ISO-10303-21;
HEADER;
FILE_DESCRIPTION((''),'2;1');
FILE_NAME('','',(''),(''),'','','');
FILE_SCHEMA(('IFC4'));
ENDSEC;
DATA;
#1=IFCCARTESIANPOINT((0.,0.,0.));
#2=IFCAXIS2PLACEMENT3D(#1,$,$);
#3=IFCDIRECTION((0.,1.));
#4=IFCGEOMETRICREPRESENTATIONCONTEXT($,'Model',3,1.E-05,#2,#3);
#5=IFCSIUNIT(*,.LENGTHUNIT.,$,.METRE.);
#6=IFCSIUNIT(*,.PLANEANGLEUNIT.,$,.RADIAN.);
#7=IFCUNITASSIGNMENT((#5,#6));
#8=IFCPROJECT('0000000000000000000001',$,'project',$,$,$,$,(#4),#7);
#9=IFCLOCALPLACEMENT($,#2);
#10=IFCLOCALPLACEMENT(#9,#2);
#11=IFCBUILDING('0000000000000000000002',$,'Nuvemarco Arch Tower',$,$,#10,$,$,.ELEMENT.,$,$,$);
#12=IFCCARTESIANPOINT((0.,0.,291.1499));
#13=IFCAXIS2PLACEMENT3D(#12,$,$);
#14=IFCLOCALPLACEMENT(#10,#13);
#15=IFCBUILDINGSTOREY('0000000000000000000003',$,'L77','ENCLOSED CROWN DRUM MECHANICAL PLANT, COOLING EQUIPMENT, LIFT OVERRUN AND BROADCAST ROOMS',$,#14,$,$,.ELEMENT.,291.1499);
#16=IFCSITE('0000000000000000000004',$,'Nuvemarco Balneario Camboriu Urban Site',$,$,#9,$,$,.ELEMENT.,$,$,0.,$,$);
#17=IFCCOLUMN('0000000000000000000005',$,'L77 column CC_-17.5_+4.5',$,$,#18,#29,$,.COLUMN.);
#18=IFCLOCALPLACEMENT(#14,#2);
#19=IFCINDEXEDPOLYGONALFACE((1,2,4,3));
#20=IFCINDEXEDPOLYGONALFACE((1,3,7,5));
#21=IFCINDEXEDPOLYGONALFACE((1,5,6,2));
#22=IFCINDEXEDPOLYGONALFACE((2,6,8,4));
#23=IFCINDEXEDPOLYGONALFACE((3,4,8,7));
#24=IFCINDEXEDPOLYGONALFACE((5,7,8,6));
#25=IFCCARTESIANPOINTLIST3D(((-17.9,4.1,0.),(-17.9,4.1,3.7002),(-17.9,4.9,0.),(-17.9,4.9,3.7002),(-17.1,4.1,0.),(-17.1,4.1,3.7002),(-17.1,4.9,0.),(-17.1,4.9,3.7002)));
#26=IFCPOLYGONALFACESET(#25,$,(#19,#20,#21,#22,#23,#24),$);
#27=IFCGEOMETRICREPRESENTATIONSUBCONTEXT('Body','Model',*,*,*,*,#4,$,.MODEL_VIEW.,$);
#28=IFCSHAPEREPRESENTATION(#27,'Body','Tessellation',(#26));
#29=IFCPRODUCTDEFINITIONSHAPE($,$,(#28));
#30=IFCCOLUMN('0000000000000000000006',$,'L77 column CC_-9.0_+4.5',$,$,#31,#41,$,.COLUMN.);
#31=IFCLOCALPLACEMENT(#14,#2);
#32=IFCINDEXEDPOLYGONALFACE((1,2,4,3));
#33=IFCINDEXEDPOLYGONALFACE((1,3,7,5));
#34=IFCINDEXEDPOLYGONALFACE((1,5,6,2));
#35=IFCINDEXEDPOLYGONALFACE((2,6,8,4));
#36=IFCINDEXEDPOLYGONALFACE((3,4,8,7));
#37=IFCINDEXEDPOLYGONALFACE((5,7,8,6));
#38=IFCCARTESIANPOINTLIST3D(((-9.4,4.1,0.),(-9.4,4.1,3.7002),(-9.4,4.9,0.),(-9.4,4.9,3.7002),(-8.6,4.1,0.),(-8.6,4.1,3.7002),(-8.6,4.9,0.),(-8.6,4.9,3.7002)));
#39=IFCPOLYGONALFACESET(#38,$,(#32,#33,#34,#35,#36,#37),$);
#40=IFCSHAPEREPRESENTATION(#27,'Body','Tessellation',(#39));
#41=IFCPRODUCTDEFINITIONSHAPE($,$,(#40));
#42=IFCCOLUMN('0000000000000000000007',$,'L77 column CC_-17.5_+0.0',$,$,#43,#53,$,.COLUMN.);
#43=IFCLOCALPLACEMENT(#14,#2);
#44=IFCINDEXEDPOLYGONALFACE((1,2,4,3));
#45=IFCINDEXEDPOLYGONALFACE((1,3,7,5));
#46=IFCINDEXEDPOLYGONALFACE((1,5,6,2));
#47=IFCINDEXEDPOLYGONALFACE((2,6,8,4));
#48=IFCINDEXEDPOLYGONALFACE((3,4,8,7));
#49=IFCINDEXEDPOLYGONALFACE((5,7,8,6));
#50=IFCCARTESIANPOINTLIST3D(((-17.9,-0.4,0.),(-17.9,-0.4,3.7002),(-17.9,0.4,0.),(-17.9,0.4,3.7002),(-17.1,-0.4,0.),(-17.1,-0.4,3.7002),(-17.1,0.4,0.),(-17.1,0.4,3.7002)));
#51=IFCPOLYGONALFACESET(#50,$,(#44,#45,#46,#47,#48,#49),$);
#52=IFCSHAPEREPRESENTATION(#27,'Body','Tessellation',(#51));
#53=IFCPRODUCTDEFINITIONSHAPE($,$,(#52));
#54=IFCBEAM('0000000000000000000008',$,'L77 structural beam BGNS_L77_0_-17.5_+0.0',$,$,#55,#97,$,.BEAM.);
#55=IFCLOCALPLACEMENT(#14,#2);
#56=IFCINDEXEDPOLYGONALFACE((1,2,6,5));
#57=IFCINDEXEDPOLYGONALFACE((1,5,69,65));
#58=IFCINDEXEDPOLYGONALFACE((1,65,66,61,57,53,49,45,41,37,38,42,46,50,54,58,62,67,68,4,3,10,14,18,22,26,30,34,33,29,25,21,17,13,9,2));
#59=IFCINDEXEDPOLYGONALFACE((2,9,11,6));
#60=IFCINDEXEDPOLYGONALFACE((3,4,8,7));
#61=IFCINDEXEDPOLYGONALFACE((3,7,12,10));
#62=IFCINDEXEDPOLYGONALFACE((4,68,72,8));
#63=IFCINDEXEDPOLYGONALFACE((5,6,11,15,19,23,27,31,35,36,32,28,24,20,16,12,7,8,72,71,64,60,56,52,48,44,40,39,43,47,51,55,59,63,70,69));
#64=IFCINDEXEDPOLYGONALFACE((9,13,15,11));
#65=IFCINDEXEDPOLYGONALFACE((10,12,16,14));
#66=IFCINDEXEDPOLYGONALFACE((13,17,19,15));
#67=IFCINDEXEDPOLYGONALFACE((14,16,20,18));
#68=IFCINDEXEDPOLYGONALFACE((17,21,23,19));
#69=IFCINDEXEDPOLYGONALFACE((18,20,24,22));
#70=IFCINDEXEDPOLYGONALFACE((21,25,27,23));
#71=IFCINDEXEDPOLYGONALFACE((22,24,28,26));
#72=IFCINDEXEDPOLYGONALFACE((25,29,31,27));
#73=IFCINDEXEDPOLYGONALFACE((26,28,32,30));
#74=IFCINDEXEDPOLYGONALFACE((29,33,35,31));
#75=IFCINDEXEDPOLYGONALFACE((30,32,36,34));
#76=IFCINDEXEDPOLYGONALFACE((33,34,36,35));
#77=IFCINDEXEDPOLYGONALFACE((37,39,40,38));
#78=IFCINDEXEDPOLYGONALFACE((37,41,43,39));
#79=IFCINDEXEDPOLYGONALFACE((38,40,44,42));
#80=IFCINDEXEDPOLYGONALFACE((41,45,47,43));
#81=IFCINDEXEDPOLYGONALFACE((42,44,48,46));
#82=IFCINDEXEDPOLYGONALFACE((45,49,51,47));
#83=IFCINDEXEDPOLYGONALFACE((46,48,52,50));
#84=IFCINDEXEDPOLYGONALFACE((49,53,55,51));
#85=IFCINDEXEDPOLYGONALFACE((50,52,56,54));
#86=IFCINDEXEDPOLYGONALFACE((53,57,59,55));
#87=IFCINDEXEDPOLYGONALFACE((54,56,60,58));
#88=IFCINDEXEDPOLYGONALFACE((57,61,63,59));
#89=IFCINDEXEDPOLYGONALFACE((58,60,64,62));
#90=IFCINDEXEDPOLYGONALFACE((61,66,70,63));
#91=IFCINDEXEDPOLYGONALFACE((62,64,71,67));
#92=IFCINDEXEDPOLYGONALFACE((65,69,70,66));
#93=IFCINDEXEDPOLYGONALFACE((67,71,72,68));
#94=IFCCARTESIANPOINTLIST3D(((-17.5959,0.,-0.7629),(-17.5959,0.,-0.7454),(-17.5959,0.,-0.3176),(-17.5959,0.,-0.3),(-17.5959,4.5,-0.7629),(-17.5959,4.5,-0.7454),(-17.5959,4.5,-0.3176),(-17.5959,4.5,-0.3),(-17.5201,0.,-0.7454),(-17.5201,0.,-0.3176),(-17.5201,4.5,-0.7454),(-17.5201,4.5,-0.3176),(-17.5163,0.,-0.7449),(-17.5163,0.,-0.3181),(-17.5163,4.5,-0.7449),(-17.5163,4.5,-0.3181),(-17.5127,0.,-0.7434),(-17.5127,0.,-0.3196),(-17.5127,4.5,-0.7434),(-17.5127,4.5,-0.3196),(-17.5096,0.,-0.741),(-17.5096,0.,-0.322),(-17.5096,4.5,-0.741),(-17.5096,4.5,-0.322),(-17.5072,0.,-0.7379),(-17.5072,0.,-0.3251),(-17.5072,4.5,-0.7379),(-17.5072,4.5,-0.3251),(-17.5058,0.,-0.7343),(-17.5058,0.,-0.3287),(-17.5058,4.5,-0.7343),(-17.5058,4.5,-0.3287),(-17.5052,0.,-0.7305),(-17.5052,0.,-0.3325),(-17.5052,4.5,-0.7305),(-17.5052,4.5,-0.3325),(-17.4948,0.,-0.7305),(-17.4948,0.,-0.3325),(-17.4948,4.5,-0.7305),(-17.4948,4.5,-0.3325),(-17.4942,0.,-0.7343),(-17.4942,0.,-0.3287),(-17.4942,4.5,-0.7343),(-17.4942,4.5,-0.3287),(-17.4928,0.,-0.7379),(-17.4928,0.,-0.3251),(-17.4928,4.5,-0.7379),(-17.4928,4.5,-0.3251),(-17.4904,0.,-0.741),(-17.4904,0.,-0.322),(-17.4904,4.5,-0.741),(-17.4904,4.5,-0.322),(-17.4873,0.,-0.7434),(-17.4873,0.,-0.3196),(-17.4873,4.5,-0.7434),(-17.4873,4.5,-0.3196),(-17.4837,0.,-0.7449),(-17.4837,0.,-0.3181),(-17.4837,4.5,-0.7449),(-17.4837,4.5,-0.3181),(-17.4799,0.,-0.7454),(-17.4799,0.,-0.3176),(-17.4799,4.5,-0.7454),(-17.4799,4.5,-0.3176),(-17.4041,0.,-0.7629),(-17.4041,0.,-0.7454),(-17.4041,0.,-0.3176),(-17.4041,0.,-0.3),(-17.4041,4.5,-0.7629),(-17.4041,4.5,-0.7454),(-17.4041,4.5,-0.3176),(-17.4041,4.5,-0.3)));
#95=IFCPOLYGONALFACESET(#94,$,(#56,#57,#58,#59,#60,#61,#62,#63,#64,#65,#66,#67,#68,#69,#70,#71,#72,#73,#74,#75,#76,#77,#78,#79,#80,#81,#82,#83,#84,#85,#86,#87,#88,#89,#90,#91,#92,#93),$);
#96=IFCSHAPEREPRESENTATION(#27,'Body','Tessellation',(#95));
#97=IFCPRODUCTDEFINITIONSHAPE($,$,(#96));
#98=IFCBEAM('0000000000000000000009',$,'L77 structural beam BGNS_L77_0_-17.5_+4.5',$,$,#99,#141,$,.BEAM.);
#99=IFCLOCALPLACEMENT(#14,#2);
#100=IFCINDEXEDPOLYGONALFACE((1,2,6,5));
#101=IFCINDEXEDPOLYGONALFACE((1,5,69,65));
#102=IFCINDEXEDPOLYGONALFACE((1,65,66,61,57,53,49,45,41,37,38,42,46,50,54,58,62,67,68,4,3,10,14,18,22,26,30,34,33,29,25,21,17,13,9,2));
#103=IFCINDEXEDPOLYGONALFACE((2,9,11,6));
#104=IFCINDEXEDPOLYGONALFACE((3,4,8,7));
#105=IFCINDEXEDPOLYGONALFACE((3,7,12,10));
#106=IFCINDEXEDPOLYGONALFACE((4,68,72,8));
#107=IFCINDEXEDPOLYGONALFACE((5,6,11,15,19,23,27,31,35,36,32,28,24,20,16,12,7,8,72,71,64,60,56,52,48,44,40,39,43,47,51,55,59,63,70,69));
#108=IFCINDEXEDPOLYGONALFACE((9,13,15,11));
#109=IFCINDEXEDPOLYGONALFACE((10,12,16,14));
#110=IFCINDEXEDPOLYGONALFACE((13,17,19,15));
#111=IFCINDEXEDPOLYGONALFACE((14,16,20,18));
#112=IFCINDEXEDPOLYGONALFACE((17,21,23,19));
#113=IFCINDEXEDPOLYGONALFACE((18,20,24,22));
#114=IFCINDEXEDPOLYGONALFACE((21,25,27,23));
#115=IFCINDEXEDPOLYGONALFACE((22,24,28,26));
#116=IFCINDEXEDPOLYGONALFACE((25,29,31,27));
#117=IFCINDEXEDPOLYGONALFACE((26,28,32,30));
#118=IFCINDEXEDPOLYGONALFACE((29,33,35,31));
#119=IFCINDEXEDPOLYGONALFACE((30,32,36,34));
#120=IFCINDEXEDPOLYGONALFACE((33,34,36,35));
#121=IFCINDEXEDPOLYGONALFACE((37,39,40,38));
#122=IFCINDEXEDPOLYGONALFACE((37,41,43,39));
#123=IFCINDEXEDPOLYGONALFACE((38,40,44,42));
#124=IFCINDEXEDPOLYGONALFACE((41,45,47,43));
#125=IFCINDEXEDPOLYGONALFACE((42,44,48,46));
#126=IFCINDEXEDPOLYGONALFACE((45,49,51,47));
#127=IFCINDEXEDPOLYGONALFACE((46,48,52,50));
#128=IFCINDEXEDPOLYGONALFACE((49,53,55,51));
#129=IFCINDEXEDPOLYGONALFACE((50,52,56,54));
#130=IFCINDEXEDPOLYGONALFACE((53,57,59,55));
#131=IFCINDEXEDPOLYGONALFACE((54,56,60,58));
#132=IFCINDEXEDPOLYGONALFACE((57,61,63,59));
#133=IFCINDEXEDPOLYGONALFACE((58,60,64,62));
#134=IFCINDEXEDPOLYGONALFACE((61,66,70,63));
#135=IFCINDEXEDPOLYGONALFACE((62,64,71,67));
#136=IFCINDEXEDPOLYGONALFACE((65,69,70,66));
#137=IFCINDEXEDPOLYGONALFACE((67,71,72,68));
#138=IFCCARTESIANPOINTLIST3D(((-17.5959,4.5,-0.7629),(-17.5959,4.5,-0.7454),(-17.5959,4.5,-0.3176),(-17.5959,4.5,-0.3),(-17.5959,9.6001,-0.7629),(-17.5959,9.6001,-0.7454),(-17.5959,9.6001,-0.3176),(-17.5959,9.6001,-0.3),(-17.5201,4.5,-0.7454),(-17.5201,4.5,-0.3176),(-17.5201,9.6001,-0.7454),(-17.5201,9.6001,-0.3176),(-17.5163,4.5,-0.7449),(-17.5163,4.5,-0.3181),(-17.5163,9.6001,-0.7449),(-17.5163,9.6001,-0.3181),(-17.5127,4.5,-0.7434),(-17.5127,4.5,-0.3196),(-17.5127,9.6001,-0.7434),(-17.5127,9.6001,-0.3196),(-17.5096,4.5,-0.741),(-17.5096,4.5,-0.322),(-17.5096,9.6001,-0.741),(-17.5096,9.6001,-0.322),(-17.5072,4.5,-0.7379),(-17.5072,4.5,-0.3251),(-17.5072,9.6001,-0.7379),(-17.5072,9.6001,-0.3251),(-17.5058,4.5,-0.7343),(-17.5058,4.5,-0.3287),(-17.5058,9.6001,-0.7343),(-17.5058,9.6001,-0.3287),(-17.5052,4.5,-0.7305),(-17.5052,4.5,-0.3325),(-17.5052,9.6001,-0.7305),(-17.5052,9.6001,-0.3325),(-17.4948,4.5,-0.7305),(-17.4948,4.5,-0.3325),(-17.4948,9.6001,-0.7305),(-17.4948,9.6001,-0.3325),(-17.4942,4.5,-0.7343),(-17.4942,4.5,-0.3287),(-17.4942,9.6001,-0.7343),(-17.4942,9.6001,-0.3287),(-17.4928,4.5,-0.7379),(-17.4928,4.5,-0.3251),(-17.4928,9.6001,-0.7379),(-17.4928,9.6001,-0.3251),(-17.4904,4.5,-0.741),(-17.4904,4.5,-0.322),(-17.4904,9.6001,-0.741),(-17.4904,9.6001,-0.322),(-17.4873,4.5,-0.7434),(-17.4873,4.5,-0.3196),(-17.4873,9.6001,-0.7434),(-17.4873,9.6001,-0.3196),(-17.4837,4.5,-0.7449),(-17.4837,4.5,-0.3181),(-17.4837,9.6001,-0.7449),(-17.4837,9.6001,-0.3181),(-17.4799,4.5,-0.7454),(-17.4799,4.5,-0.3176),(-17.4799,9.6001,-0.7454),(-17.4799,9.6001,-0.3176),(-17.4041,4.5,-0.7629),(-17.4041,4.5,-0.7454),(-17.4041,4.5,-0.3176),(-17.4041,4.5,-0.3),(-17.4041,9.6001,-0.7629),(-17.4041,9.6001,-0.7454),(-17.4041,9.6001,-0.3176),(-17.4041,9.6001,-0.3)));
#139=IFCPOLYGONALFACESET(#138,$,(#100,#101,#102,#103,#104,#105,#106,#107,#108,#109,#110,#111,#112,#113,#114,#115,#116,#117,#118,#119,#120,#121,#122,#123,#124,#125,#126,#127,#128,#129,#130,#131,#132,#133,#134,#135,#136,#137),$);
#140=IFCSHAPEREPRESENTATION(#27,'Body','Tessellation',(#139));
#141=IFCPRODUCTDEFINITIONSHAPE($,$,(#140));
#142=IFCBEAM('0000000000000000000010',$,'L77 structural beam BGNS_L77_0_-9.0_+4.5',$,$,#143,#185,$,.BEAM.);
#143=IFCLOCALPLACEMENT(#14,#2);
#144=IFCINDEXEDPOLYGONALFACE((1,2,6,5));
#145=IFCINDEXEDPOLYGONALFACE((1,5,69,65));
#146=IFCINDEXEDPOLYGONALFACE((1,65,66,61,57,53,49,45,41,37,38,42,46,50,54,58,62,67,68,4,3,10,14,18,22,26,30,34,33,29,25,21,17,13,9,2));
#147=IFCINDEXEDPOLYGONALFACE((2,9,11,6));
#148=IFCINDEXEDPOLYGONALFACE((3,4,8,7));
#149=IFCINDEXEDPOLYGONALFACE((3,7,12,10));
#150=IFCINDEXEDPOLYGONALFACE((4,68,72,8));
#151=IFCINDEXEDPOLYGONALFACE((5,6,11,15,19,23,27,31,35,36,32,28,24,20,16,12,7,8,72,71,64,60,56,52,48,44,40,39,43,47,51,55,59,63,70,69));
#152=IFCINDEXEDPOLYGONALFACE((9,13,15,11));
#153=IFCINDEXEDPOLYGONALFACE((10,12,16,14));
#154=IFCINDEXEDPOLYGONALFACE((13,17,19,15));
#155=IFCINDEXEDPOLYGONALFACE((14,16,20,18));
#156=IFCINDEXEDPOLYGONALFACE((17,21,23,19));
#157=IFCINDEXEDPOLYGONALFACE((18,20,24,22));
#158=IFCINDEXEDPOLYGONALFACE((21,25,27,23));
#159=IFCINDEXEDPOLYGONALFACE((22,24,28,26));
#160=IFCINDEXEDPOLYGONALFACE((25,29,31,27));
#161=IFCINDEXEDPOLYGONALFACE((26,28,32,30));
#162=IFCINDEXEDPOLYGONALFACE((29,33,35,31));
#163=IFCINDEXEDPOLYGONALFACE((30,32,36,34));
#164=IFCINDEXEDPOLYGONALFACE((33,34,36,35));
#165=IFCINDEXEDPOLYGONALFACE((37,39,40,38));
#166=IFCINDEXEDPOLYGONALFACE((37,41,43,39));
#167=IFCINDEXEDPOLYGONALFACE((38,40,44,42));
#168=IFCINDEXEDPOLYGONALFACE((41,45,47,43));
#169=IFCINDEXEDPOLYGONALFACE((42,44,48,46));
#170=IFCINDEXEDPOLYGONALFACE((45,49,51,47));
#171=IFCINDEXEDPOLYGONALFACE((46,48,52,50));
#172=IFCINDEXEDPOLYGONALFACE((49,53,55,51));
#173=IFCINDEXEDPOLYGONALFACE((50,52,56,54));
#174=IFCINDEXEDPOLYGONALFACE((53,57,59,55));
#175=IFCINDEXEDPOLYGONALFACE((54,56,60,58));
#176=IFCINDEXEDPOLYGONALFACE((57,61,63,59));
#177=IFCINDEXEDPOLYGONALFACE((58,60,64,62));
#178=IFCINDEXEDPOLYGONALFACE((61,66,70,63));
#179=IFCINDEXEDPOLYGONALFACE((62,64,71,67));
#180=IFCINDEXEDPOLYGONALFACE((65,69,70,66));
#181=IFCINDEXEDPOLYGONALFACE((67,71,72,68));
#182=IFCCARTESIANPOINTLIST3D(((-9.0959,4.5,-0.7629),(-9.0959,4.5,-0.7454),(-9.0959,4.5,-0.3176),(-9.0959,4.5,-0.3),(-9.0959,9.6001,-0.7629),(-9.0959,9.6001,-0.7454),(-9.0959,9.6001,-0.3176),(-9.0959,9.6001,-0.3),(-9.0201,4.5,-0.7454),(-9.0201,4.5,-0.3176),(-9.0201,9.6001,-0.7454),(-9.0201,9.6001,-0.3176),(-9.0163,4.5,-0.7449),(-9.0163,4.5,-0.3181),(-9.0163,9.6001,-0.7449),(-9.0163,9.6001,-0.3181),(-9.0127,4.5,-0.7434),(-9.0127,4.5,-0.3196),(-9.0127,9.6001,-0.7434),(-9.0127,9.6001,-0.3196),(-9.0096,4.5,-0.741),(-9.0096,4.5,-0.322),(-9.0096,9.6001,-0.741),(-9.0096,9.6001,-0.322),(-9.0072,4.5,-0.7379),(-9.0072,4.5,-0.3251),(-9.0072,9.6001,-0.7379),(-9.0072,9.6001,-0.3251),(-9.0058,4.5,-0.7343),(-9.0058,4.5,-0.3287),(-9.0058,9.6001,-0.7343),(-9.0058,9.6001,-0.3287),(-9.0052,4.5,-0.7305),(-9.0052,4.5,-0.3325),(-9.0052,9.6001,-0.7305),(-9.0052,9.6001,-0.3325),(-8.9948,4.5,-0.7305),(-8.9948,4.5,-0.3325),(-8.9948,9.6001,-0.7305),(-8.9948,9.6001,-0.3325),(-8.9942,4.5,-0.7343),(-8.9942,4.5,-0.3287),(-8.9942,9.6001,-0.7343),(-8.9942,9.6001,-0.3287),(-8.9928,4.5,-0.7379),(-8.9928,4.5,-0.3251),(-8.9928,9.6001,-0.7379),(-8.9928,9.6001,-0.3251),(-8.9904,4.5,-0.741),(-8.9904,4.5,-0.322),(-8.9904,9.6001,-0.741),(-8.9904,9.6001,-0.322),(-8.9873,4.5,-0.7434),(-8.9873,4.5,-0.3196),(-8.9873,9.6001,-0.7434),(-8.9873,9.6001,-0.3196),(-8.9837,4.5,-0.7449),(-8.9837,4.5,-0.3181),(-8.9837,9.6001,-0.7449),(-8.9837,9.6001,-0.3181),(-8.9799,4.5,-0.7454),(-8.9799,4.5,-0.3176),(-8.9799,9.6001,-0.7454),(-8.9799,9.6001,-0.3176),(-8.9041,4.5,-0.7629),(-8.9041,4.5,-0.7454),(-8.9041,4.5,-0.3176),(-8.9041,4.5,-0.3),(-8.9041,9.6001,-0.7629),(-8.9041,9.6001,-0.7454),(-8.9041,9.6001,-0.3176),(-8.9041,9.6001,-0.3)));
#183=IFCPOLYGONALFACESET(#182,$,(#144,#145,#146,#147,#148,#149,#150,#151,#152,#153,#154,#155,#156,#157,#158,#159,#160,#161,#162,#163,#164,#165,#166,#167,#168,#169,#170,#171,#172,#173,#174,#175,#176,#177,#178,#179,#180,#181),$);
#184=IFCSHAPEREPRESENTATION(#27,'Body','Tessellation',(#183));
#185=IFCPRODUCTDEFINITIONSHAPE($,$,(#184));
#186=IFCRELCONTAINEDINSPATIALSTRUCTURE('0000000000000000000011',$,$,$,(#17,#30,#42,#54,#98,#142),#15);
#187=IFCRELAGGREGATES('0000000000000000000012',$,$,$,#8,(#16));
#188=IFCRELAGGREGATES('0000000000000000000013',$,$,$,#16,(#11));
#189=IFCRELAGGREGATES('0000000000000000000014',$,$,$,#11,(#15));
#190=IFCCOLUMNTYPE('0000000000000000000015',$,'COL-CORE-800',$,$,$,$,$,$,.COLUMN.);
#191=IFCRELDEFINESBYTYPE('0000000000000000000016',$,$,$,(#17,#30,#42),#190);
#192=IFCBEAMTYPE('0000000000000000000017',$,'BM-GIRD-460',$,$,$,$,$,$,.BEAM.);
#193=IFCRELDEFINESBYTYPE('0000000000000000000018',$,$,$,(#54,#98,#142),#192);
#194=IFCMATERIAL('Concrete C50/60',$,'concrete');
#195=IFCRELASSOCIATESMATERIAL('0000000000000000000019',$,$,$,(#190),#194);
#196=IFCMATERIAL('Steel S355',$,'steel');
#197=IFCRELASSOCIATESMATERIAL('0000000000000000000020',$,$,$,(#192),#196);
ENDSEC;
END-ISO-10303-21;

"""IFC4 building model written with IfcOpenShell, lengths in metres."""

from ifc_helpers import new_model, si_unit, direction, frame, origin, origin_2d, place, context, subcontext, project, spatial, rectangle, i_section, extrude, material, material_profile, profile_set, type_object, element, save


model = new_model("IFC4")

# Units and contexts
model_context = context("Model", 3, precision=1e-05, world=origin(), true_north=direction((0.0, 1.0)))
body_context = subcontext(model_context, "Body", "Model", "MODEL_VIEW")
ifc_project = project(units=[si_unit("LENGTHUNIT", "METRE"), si_unit("PLANEANGLEUNIT", "RADIAN")], contexts=[model_context])

# Site, building, storey
site_placement = place(None, origin())
site = spatial("IfcSite", under=ifc_project, at=site_placement, Name="Nuvemarco Balneario Camboriu Urban Site", CompositionType="ELEMENT", RefElevation=0.0)
building_placement = place(site_placement, origin())
building = spatial("IfcBuilding", under=site, at=building_placement, Name="Nuvemarco Arch Tower", CompositionType="ELEMENT")
storey_placement = place(building_placement, frame((0.0, 0.0, 291.1499)))
storey = spatial("IfcBuildingStorey", under=building, at=storey_placement, Name="L77", Description="ENCLOSED CROWN DRUM MECHANICAL PLANT, COOLING EQUIPMENT, LIFT OVERRUN AND BROADCAST ROOMS", CompositionType="ELEMENT", Elevation=291.1499)

# Columns
ifc_material_1 = material(Name="Concrete C50/60", Category="concrete")
ifc_material_profile_1 = material_profile(ifc_material_1, rectangle(XDim=0.8, YDim=0.8, at=origin_2d()), Name="RC-COL-800x800")
ifc_profile_set_1 = profile_set([ifc_material_profile_1], Name="Concrete C50/60")
column_type = type_object("IfcColumnType", Name="COL-CORE-800", PredefinedType="COLUMN", material=ifc_profile_set_1)
for number, where, z_axis, x_axis, name in (
    (1, (-17.5, 4.5, 0.0), (0.0, 0.0, 1.0), (1.0, 0.0, 0.0), "L77 column CC_-17.5_+4.5"),
    (2, (-9.0, 4.5, 0.0), (0.0, 0.0, 1.0), (1.0, 0.0, 0.0), "L77 column CC_-9.0_+4.5"),
    (3, (-17.5, 0.0, 0.0), (0.0, 0.0, 1.0), (1.0, 0.0, 0.0), "L77 column CC_-17.5_+0.0"),
):
    element("IfcColumn", number, at=place(storey_placement, frame(where, z_axis=z_axis, x_axis=x_axis)), inside=storey, type_object=column_type, Name=name, PredefinedType="COLUMN", context=body_context, shape_type="SweptSolid", body=[
        extrude(rectangle(XDim=0.8, YDim=0.8, at=origin_2d()), origin(), (0.0, 0.0, 1.0), 3.7002),
    ])

# Beams
ifc_material_2 = material(Name="Steel S355", Category="steel")
ifc_material_profile_2 = material_profile(ifc_material_2, i_section(OverallWidth=0.1919, OverallDepth=0.4629, WebThickness=0.0105, FlangeThickness=0.0176, FilletRadius=0.0149, at=origin_2d()), Name="W460x89")
ifc_profile_set_2 = profile_set([ifc_material_profile_2], Name="Steel S355")
beam_type = type_object("IfcBeamType", Name="BM-GIRD-460", PredefinedType="BEAM", material=ifc_profile_set_2)
beam_1_placement = place(storey_placement, frame((-17.5, 0.0, -0.5315), z_axis=(0.0, 1.0, 0.0), x_axis=(-1.0, 0.0, 0.0)))
element("IfcBeam", 4, at=beam_1_placement, inside=storey, type_object=beam_type, Name="L77 structural beam BGNS_L77_0_-17.5_+0.0", PredefinedType="BEAM", context=body_context, shape_type="SweptSolid", body=[
    extrude(i_section(OverallWidth=0.1919, OverallDepth=0.4629, WebThickness=0.0105, FlangeThickness=0.0176, FilletRadius=0.0149, at=origin_2d()), origin(), (0.0, 0.0, 1.0), 4.5),
])
for number, where, z_axis, x_axis, name in (
    (5, (-17.5, 4.5, -0.5315), (0.0, 1.0, 0.0), (-1.0, 0.0, 0.0), "L77 structural beam BGNS_L77_0_-17.5_+4.5"),
    (6, (-9.0, 4.5, -0.5315), (0.0, 1.0, 0.0), (-1.0, 0.0, 0.0), "L77 structural beam BGNS_L77_0_-9.0_+4.5"),
):
    element("IfcBeam", number, at=place(storey_placement, frame(where, z_axis=z_axis, x_axis=x_axis)), inside=storey, type_object=beam_type, Name=name, PredefinedType="BEAM", context=body_context, shape_type="SweptSolid", body=[
        extrude(i_section(OverallWidth=0.1919, OverallDepth=0.4629, WebThickness=0.0105, FlangeThickness=0.0176, FilletRadius=0.0149, at=origin_2d()), origin(), (0.0, 0.0, 1.0), 5.1001),
    ])

save(model, "model.ifc")
